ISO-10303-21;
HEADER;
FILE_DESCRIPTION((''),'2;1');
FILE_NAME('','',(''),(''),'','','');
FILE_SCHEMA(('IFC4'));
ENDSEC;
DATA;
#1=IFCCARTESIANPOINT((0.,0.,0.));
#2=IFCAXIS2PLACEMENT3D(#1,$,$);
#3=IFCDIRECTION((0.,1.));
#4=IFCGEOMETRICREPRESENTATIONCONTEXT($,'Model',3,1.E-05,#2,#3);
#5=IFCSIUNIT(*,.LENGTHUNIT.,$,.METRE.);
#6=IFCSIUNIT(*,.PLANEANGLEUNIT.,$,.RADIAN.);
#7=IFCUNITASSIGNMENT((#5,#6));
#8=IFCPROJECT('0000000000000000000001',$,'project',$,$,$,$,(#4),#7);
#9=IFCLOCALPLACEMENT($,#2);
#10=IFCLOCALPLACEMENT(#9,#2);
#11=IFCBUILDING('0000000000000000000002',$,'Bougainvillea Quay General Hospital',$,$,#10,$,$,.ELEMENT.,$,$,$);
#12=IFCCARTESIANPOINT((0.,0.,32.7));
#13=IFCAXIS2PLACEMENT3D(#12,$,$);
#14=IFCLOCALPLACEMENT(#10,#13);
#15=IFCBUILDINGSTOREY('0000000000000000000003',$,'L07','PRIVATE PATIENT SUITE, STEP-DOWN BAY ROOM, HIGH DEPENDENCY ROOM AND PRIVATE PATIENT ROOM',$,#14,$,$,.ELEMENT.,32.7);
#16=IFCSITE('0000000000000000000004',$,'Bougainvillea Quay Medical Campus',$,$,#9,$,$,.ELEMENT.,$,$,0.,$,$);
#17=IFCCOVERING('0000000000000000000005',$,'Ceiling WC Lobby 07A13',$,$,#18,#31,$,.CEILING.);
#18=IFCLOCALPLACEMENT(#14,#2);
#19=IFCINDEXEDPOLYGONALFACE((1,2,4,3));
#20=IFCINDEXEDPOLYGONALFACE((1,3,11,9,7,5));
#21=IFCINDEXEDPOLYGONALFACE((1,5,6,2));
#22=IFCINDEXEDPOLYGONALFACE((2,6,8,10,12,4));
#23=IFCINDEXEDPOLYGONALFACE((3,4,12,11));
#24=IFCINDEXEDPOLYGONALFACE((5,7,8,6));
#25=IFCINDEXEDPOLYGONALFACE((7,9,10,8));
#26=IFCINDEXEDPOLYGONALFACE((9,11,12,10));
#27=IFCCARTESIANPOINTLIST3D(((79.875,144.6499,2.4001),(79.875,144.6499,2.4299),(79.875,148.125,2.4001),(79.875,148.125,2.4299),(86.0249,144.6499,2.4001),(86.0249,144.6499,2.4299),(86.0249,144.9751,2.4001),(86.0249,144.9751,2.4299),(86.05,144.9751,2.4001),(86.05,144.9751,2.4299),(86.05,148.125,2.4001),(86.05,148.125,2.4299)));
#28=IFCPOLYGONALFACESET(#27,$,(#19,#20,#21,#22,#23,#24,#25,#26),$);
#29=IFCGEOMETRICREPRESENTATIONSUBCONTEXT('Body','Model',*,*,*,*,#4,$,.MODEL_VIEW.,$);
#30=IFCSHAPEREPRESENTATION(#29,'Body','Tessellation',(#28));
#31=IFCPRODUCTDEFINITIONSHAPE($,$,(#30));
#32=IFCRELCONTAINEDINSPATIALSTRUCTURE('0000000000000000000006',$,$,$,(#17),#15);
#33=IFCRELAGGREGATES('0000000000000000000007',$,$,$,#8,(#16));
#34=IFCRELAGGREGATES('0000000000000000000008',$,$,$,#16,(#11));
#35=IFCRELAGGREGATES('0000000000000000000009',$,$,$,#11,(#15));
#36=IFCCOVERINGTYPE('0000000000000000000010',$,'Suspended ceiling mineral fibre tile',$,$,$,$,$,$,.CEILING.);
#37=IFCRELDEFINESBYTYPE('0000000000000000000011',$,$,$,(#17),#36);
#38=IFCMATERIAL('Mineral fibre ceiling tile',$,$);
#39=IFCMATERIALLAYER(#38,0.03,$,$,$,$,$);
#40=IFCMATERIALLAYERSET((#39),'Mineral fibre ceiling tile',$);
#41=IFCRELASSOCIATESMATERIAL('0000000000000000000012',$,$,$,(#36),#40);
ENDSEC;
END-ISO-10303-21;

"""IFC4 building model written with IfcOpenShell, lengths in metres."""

from ifc_helpers import new_model, si_unit, direction, frame, origin, place, context, subcontext, project, spatial, polyline, outline, extrude, material, layer, layer_set, type_object, element, save


model = new_model("IFC4")

# Units and contexts
model_context = context("Model", 3, precision=1e-05, world=origin(), true_north=direction((0.0, 1.0)))
body_context = subcontext(model_context, "Body", "Model", "MODEL_VIEW")
ifc_project = project(units=[si_unit("LENGTHUNIT", "METRE"), si_unit("PLANEANGLEUNIT", "RADIAN")], contexts=[model_context])

# Site, building, storey
site_placement = place(None, origin())
site = spatial("IfcSite", under=ifc_project, at=site_placement, Name="Bougainvillea Quay Medical Campus", CompositionType="ELEMENT", RefElevation=0.0)
building_placement = place(site_placement, origin())
building = spatial("IfcBuilding", under=site, at=building_placement, Name="Bougainvillea Quay General Hospital", CompositionType="ELEMENT")
storey_placement = place(building_placement, frame((0.0, 0.0, 32.7)))
storey = spatial("IfcBuildingStorey", under=building, at=storey_placement, Name="L07", Description="PRIVATE PATIENT SUITE, STEP-DOWN BAY ROOM, HIGH DEPENDENCY ROOM AND PRIVATE PATIENT ROOM", CompositionType="ELEMENT", Elevation=32.7)

# Covering
ifc_material_1 = material(Name="Mineral fibre ceiling tile")
ifc_layer_1 = layer(ifc_material_1, 0.03)
ifc_layer_set_1 = layer_set([ifc_layer_1], Name="Mineral fibre ceiling tile")
covering_type = type_object("IfcCoveringType", Name="Suspended ceiling mineral fibre tile", PredefinedType="CEILING", material=ifc_layer_set_1)
covering_1_placement = place(storey_placement, frame((0.0, 0.0, 2.4001)))
element("IfcCovering", 1, at=covering_1_placement, inside=storey, type_object=covering_type, Name="Ceiling WC Lobby 07A13", PredefinedType="CEILING", context=body_context, shape_type="SweptSolid", body=[
    extrude(outline(polyline([(86.05, 144.9751), (86.05, 148.125), (79.875, 148.125), (79.875, 144.6499), (86.0249, 144.6499), (86.0249, 144.9751), (86.05, 144.9751)])), origin(), (0.0, 0.0, 1.0), 0.0298),
])

save(model, "model.ifc")
